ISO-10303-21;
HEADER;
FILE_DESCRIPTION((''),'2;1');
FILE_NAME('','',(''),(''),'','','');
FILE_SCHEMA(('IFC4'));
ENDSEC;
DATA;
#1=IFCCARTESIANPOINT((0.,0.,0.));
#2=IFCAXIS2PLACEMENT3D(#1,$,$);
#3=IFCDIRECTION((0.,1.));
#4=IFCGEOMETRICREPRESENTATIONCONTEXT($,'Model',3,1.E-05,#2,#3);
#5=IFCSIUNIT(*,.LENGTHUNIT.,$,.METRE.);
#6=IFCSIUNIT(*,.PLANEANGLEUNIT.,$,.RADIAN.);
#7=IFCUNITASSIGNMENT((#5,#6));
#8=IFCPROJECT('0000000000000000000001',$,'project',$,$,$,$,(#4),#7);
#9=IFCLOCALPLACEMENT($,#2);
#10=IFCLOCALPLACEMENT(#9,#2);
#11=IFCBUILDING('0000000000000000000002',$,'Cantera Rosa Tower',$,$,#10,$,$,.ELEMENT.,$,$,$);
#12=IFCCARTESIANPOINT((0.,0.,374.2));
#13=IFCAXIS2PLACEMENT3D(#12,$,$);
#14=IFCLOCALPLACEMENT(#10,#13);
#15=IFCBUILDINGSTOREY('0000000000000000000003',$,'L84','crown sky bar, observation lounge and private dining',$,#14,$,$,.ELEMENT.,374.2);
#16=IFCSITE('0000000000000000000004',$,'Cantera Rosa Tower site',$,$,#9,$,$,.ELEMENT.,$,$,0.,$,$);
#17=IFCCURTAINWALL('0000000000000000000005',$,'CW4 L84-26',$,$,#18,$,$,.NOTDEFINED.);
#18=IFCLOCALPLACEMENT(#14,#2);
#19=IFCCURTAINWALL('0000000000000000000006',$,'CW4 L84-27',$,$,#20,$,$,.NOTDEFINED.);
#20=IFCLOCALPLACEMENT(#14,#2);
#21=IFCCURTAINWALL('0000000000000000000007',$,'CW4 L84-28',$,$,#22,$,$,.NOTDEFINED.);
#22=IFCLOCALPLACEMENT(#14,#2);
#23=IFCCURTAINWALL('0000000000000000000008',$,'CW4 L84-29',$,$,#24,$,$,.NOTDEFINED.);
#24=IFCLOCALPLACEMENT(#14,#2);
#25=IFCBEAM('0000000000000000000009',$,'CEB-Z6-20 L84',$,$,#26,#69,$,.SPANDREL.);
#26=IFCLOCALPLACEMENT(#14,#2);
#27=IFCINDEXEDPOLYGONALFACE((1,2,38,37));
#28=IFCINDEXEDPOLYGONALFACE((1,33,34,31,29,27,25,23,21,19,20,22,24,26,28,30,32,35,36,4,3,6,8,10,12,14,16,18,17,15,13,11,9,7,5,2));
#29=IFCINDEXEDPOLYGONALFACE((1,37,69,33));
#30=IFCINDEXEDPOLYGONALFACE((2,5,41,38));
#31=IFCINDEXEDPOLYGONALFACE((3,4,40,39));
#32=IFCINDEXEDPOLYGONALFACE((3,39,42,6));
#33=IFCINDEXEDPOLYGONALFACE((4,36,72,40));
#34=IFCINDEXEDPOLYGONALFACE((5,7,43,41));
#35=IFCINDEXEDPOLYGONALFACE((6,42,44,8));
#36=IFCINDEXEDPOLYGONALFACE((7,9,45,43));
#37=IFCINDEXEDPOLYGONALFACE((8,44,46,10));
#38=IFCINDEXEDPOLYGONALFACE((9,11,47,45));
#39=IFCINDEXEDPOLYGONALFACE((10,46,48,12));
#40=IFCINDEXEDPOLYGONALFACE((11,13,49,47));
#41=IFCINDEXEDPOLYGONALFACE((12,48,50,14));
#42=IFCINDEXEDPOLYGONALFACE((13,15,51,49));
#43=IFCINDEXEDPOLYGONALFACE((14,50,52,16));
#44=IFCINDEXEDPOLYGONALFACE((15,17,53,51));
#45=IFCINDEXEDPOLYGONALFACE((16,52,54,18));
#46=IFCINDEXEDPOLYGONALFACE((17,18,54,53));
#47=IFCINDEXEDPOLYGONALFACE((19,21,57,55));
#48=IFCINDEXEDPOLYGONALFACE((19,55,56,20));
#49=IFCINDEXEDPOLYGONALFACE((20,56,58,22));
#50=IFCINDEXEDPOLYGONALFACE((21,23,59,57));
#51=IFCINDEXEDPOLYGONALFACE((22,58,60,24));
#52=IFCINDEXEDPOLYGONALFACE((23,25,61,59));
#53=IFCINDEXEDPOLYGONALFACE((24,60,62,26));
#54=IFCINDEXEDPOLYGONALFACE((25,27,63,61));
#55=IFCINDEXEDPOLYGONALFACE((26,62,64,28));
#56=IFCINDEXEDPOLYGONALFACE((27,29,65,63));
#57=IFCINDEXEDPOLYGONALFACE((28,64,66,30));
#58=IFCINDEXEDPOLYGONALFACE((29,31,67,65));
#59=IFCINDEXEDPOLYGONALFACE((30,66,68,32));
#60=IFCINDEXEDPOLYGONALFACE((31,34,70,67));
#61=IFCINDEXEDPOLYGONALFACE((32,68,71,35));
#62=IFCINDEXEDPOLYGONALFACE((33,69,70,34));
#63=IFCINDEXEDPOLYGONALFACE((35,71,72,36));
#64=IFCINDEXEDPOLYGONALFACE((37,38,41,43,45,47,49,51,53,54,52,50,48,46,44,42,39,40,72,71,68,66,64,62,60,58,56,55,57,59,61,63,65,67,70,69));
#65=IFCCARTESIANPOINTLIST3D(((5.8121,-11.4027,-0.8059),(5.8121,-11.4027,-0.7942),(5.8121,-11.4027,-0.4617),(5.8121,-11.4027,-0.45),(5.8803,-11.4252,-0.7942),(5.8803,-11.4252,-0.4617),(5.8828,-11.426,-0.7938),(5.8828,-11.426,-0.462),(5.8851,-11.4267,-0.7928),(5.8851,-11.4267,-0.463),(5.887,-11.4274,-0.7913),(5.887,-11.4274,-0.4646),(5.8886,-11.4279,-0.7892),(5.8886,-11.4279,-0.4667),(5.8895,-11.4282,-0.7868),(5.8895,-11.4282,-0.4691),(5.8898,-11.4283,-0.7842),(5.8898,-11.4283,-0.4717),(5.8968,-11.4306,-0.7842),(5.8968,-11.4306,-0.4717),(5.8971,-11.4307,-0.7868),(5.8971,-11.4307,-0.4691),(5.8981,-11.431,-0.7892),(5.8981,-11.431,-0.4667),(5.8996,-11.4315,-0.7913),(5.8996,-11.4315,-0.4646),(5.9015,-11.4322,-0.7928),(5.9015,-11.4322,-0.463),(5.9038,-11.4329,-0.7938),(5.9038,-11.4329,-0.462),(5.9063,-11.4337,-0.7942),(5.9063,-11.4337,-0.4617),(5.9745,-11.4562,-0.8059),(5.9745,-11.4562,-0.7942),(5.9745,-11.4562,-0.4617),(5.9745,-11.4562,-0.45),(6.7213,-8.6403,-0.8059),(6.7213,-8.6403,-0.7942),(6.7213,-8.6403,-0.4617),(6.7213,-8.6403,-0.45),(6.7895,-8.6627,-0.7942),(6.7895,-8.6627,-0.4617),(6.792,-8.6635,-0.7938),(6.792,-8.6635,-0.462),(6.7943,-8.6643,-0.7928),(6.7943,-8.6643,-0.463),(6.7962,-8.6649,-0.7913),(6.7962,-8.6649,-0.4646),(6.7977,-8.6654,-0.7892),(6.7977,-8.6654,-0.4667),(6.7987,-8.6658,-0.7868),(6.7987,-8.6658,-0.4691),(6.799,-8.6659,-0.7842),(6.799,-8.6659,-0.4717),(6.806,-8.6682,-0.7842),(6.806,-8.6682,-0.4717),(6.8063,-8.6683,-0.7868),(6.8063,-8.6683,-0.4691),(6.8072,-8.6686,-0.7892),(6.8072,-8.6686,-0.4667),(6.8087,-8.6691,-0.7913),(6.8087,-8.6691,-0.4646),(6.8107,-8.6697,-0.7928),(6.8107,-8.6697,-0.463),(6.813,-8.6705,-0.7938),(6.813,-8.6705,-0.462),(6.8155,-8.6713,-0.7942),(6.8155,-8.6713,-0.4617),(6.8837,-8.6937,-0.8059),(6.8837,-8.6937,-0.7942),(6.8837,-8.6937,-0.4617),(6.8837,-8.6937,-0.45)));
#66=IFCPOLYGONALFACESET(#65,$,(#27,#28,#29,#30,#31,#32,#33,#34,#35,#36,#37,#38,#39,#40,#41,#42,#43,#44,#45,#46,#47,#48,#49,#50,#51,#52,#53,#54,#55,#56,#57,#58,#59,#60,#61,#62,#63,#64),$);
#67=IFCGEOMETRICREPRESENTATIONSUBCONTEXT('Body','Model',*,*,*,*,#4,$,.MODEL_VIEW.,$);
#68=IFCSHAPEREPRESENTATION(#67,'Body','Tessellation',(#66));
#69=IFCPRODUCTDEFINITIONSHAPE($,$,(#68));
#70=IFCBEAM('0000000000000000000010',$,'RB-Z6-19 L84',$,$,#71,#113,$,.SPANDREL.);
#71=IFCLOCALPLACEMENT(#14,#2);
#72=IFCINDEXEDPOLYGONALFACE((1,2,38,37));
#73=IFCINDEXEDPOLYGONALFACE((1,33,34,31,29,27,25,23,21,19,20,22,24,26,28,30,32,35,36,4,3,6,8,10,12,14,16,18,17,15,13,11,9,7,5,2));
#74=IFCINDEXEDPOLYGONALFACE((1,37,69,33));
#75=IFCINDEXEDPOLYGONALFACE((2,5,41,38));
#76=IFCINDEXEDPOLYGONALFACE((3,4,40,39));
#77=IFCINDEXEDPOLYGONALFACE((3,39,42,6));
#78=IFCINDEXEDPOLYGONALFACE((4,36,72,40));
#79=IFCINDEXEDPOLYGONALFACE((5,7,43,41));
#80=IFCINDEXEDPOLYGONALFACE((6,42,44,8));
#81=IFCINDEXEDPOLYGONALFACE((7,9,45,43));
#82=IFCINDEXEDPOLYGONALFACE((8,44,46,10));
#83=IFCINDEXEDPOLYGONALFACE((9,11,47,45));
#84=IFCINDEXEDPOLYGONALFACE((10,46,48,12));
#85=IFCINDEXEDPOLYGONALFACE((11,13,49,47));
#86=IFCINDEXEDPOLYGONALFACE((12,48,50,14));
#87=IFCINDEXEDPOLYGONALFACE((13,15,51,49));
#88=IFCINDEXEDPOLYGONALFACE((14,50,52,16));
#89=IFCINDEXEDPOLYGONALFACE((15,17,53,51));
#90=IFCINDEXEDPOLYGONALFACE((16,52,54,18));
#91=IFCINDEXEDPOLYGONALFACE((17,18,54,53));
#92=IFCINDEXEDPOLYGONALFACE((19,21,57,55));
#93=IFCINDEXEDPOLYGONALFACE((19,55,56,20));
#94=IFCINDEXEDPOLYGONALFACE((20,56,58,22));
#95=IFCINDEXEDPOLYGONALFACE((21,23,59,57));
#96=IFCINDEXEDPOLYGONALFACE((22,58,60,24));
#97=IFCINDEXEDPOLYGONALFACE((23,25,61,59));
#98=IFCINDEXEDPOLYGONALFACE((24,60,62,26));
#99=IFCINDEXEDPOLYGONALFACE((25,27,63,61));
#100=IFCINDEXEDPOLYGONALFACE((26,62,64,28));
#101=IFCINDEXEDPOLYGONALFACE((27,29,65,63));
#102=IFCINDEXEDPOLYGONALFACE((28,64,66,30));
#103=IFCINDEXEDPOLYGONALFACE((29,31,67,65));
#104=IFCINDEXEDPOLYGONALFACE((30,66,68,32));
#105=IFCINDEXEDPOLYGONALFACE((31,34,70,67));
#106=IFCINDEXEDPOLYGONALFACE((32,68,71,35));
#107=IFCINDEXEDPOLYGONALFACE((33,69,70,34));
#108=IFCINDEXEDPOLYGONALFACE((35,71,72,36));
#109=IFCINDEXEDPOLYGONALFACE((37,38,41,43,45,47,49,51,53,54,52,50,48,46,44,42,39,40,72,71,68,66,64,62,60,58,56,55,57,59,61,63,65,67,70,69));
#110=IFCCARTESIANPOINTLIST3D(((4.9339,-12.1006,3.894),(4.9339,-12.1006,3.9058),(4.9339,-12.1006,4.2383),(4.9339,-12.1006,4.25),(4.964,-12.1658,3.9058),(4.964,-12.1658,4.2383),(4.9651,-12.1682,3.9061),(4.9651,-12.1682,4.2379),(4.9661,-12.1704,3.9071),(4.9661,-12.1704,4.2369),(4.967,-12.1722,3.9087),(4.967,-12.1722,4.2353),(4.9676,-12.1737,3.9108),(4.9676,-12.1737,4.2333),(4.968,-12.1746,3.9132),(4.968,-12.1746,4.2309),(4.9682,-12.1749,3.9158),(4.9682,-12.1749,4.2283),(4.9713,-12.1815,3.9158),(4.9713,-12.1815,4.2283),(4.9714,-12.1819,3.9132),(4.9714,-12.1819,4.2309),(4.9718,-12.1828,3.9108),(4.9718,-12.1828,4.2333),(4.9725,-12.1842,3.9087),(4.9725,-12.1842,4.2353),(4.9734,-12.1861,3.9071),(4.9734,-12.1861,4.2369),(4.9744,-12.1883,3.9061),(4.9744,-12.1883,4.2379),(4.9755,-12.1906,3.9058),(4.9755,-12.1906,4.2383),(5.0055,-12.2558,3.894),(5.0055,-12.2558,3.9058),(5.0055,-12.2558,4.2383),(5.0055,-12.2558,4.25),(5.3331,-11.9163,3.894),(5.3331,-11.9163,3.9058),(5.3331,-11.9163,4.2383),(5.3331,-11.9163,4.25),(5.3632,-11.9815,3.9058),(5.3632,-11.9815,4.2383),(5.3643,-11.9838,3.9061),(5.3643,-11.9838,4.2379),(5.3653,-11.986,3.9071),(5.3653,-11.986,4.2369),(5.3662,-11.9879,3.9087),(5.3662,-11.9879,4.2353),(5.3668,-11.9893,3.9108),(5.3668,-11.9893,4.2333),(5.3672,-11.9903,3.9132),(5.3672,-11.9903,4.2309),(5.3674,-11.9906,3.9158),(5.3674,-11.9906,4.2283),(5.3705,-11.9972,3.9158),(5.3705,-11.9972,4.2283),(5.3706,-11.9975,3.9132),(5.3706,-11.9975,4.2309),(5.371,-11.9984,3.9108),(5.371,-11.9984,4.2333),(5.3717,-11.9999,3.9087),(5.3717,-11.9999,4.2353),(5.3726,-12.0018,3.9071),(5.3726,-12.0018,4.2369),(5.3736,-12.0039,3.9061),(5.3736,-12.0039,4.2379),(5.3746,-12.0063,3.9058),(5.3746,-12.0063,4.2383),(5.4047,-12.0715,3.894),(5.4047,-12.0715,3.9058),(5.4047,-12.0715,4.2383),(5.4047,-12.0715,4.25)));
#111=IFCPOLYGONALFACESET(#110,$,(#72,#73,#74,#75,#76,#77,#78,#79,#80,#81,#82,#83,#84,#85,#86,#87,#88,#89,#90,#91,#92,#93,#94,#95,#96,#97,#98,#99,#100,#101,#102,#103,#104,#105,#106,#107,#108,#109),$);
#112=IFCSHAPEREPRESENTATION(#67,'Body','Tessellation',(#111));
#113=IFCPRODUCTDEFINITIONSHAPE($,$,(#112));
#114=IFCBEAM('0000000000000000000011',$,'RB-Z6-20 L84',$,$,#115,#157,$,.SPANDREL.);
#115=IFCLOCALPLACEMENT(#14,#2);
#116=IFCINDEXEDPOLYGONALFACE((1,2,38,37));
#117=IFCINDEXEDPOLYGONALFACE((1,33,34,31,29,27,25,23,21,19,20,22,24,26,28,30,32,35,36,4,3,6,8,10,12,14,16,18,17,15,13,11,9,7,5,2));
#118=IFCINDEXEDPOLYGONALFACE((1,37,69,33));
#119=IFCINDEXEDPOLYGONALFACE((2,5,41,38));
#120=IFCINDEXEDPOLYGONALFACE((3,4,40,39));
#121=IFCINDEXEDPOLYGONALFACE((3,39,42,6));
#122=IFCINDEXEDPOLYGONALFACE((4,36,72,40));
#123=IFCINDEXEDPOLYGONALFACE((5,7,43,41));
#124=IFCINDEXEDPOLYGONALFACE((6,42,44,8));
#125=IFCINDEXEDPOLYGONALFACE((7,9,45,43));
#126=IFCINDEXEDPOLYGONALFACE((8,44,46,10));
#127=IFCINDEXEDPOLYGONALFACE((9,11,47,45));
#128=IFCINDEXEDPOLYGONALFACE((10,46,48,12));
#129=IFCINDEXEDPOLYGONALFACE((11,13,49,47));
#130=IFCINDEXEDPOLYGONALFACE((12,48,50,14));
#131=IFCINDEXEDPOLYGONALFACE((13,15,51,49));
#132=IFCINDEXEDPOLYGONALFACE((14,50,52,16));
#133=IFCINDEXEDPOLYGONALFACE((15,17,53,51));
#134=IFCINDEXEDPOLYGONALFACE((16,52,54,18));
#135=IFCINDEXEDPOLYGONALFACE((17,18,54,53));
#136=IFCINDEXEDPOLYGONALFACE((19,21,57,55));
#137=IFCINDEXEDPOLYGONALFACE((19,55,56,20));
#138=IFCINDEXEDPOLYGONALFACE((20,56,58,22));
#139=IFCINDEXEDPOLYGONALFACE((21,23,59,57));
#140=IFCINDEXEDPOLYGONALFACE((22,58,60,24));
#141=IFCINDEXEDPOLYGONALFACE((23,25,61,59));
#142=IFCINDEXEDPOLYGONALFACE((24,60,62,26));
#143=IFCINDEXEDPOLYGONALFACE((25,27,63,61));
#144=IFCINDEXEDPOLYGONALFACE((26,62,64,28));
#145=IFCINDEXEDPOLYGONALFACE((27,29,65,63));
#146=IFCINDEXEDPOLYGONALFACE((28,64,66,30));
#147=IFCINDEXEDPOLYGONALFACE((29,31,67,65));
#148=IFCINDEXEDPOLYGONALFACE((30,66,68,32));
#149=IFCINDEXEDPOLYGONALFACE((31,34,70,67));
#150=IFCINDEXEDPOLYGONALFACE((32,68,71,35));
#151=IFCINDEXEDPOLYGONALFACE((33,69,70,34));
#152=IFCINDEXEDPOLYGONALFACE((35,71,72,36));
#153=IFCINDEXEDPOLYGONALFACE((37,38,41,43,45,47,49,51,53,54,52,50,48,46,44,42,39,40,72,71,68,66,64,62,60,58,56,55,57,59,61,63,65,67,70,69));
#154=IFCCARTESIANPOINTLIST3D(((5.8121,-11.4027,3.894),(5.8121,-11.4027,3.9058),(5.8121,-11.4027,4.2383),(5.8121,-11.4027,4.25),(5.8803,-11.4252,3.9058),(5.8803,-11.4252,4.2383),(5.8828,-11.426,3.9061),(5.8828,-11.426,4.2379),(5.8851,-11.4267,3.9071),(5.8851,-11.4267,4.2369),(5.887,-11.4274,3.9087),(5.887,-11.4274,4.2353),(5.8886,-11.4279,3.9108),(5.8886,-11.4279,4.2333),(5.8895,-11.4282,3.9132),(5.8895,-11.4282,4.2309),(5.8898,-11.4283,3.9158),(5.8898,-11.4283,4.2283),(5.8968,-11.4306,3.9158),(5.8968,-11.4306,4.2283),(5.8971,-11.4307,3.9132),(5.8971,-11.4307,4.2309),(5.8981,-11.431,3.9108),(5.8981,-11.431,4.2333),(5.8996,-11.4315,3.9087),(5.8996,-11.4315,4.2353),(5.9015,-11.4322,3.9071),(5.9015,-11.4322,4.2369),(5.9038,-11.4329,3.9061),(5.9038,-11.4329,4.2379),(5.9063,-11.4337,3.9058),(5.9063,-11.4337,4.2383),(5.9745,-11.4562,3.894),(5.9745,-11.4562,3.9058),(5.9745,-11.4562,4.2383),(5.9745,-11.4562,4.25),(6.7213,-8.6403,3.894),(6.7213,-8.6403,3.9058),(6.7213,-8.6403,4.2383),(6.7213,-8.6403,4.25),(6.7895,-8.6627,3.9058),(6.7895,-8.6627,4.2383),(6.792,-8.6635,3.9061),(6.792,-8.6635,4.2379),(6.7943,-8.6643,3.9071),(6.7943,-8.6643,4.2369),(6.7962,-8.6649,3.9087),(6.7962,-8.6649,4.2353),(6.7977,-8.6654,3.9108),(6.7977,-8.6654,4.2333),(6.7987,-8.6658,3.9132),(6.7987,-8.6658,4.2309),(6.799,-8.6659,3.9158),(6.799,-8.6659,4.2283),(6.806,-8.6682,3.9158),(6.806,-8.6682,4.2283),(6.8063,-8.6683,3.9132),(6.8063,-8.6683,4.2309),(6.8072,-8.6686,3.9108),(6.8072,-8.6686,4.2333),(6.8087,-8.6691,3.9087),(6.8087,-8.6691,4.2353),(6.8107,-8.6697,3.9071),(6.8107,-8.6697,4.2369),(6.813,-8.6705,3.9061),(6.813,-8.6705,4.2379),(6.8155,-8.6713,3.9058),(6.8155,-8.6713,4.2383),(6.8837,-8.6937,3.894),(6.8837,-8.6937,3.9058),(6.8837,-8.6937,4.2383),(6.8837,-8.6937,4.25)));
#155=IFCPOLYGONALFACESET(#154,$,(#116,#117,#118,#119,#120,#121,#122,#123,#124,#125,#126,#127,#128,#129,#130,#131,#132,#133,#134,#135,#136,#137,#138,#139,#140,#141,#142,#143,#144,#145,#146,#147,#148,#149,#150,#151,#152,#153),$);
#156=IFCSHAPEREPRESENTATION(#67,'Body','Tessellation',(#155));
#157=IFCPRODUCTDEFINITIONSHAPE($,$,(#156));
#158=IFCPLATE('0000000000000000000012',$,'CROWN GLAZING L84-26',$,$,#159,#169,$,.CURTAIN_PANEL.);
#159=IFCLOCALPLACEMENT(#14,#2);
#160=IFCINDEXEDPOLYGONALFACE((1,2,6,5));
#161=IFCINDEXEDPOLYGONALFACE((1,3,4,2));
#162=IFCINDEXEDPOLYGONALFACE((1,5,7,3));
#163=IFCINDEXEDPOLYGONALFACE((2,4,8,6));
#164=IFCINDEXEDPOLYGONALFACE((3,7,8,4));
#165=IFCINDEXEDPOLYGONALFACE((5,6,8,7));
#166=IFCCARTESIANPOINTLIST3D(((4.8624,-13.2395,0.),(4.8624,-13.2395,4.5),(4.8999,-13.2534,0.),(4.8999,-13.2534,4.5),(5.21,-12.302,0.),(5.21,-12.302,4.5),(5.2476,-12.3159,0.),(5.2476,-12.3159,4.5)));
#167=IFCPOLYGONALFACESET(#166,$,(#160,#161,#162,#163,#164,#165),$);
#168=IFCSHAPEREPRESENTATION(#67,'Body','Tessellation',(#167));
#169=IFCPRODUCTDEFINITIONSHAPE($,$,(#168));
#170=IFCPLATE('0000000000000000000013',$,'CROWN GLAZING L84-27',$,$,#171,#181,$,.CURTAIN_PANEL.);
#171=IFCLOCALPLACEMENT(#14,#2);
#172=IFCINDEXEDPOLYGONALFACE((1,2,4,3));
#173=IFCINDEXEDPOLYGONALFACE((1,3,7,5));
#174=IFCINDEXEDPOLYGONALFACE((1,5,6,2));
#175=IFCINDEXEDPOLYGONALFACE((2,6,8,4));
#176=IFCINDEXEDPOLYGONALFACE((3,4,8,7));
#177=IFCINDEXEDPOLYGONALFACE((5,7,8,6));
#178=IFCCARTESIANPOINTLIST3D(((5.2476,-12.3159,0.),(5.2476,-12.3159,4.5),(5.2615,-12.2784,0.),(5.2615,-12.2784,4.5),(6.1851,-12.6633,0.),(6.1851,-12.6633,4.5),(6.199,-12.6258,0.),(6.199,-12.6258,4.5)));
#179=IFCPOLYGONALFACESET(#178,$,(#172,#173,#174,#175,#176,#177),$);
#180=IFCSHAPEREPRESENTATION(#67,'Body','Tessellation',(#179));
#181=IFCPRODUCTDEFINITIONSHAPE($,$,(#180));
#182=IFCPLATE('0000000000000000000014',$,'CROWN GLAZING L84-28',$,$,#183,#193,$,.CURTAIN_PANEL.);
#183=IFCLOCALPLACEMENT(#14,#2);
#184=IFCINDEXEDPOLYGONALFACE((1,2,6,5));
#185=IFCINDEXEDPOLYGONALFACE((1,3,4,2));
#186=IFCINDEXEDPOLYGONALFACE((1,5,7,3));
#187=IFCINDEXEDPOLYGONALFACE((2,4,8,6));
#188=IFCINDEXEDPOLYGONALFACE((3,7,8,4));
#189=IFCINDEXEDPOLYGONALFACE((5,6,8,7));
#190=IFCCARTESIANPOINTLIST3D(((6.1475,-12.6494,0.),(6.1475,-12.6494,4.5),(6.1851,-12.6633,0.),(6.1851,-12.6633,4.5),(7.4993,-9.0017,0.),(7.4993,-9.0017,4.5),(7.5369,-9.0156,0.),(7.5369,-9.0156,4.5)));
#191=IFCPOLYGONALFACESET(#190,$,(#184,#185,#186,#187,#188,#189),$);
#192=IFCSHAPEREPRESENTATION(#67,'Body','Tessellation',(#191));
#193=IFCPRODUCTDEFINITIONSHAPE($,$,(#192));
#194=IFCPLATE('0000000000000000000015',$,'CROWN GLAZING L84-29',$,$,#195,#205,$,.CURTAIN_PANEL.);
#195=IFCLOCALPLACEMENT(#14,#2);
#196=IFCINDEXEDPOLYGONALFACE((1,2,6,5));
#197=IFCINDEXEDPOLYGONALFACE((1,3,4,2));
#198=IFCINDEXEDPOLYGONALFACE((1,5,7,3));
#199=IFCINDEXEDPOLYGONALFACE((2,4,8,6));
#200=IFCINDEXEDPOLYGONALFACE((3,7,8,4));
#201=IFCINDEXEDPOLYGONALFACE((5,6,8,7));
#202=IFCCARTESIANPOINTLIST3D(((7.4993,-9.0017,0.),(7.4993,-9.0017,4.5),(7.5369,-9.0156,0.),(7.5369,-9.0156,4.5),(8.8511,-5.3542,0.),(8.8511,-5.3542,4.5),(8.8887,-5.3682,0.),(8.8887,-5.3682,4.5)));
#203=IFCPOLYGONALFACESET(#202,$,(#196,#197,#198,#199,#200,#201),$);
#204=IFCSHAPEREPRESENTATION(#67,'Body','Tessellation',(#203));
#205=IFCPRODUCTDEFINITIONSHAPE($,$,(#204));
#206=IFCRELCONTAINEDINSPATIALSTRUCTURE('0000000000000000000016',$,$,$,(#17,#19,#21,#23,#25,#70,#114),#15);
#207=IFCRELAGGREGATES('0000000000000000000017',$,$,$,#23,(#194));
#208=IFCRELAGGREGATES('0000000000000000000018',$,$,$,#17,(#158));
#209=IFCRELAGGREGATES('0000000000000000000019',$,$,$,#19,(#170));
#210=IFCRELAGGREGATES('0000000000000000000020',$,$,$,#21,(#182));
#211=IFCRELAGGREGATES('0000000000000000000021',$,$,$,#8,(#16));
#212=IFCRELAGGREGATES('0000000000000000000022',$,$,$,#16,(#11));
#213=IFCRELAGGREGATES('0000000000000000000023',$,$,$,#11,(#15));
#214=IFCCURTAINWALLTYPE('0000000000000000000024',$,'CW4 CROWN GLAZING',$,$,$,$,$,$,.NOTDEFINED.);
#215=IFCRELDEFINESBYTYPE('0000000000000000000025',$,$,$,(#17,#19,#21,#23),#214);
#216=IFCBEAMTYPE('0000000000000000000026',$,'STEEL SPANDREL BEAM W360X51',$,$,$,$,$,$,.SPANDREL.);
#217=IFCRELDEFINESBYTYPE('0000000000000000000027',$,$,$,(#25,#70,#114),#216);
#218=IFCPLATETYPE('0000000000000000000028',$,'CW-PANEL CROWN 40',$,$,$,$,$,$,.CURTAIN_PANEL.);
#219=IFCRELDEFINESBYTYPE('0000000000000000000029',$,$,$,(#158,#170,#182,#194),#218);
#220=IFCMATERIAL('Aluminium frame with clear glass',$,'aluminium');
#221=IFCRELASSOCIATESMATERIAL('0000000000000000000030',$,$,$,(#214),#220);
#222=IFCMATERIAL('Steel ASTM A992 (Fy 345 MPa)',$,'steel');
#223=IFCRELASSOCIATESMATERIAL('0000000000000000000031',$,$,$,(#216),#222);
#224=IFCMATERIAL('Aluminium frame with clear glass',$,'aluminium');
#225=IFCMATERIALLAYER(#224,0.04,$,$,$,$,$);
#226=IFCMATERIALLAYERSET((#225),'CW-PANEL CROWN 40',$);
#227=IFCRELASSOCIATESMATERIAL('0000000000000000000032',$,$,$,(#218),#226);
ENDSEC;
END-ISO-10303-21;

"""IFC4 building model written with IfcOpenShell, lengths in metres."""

from ifc_helpers import new_model, si_unit, direction, frame, origin, origin_2d, place, context, subcontext, project, spatial, polyline, i_section, outline, extrude, material, layer, layer_set, material_profile, profile_set, type_object, element, aggregate, save


model = new_model("IFC4")

# Units and contexts
model_context = context("Model", 3, precision=1e-05, world=origin(), true_north=direction((0.0, 1.0)))
body_context = subcontext(model_context, "Body", "Model", "MODEL_VIEW")
ifc_project = project(units=[si_unit("LENGTHUNIT", "METRE"), si_unit("PLANEANGLEUNIT", "RADIAN")], contexts=[model_context])

# Site, building, storey
site_placement = place(None, origin())
site = spatial("IfcSite", under=ifc_project, at=site_placement, Name="Cantera Rosa Tower site", CompositionType="ELEMENT", RefElevation=0.0)
building_placement = place(site_placement, origin())
building = spatial("IfcBuilding", under=site, at=building_placement, Name="Cantera Rosa Tower", CompositionType="ELEMENT")
storey_placement = place(building_placement, frame((0.0, 0.0, 374.2)))
storey = spatial("IfcBuildingStorey", under=building, at=storey_placement, Name="L84", Description="crown sky bar, observation lounge and private dining", CompositionType="ELEMENT", Elevation=374.2)

# Curtain walls
ifc_material_1 = material(Name="Aluminium frame with clear glass", Category="aluminium")
curtain_wall_type = type_object("IfcCurtainWallType", Name="CW4 CROWN GLAZING", PredefinedType="NOTDEFINED", material=ifc_material_1)
curtain_wall_1_placement = place(storey_placement, origin())
curtain_wall_1 = element("IfcCurtainWall", 1, at=curtain_wall_1_placement, inside=storey, type_object=curtain_wall_type, Name="CW4 L84-26", PredefinedType="NOTDEFINED")
curtain_wall_2_placement = place(storey_placement, origin())
curtain_wall_2 = element("IfcCurtainWall", 2, at=curtain_wall_2_placement, inside=storey, type_object=curtain_wall_type, Name="CW4 L84-27", PredefinedType="NOTDEFINED")
curtain_wall_3_placement = place(storey_placement, origin())
curtain_wall_3 = element("IfcCurtainWall", 3, at=curtain_wall_3_placement, inside=storey, type_object=curtain_wall_type, Name="CW4 L84-28", PredefinedType="NOTDEFINED")
curtain_wall_4_placement = place(storey_placement, origin())
curtain_wall_4 = element("IfcCurtainWall", 4, at=curtain_wall_4_placement, inside=storey, type_object=curtain_wall_type, Name="CW4 L84-29", PredefinedType="NOTDEFINED")

# Beams
ifc_material_2 = material(Name="Steel ASTM A992 (Fy 345 MPa)", Category="steel")
ifc_material_profile_1 = material_profile(ifc_material_2, i_section(OverallWidth=0.1709, OverallDepth=0.356, WebThickness=0.0073, FlangeThickness=0.0117, FilletRadius=0.01, at=origin_2d()), Name="W360X51")
ifc_profile_set_1 = profile_set([ifc_material_profile_1], Name="Steel ASTM A992 (Fy 345 MPa)")
beam_type_1 = type_object("IfcBeamType", Name="STEEL SPANDREL BEAM W360X51", PredefinedType="SPANDREL", material=ifc_profile_set_1)
beam_1_placement = place(storey_placement, frame((5.8933, -11.4294, -0.6279), z_axis=(0.312624, 0.949877, 0.0), x_axis=(-0.949877, 0.312624, 0.0)))
element("IfcBeam", 5, at=beam_1_placement, inside=storey, type_object=beam_type_1, Name="CEB-Z6-20 L84", PredefinedType="SPANDREL", context=body_context, shape_type="SweptSolid", body=[
    extrude(i_section(OverallWidth=0.1709, OverallDepth=0.356, WebThickness=0.0073, FlangeThickness=0.0117, FilletRadius=0.01, at=origin_2d()), origin(), (0.0, 0.0, 1.0), 2.9082),
])
beam_2_placement = place(storey_placement, frame((4.9697, -12.1782, 4.072), z_axis=(0.907878, 0.419234, 0.0), x_axis=(-0.419234, 0.907878, 0.0)))
element("IfcBeam", 6, at=beam_2_placement, inside=storey, type_object=beam_type_1, Name="RB-Z6-19 L84", PredefinedType="SPANDREL", context=body_context, shape_type="SweptSolid", body=[
    extrude(i_section(OverallWidth=0.1709, OverallDepth=0.356, WebThickness=0.0073, FlangeThickness=0.0117, FilletRadius=0.01, at=origin_2d()), origin(), (0.0, 0.0, 1.0), 0.4397),
])
beam_3_placement = place(storey_placement, frame((5.8933, -11.4294, 4.072), z_axis=(0.312624, 0.949877, 0.0), x_axis=(-0.949877, 0.312624, 0.0)))
element("IfcBeam", 7, at=beam_3_placement, inside=storey, type_object=beam_type_1, Name="RB-Z6-20 L84", PredefinedType="SPANDREL", context=body_context, shape_type="SweptSolid", body=[
    extrude(i_section(OverallWidth=0.1709, OverallDepth=0.356, WebThickness=0.0073, FlangeThickness=0.0117, FilletRadius=0.01, at=origin_2d()), origin(), (0.0, 0.0, 1.0), 2.9082),
])

# Plates
ifc_material_3 = material(Name="Aluminium frame with clear glass", Category="aluminium")
ifc_layer_1 = layer(ifc_material_3, 0.04)
ifc_layer_set_1 = layer_set([ifc_layer_1], Name="CW-PANEL CROWN 40")
plate_type = type_object("IfcPlateType", Name="CW-PANEL CROWN 40", PredefinedType="CURTAIN_PANEL", material=ifc_layer_set_1)
plate_1_placement = place(storey_placement, frame((4.8999, -13.2534, 0.0), z_axis=(0.937607, -0.347696, 0.0), x_axis=(0.347696, 0.937607, 0.0)))
plate_1 = element("IfcPlate", 8, at=plate_1_placement, type_object=plate_type, Name="CROWN GLAZING L84-26", PredefinedType="CURTAIN_PANEL", context=body_context, shape_type="SweptSolid", body=[
    extrude(outline(polyline([(0.0, 0.0), (0.9999, 0.0), (0.9999, 4.5), (0.0, 4.5), (0.0, 0.0)])), origin(), (0.0, 0.0, -1.0), 0.04),
])
plate_2_placement = place(storey_placement, frame((5.2476, -12.3159, 0.0), z_axis=(-0.347481, -0.937687, 0.0), x_axis=(0.937687, -0.347481, 0.0)))
plate_2 = element("IfcPlate", 9, at=plate_2_placement, type_object=plate_type, Name="CROWN GLAZING L84-27", PredefinedType="CURTAIN_PANEL", context=body_context, shape_type="SweptSolid", body=[
    extrude(outline(polyline([(0.0, 0.0), (0.9998, 0.0), (0.9998, 4.5), (0.0, 4.5), (0.0, 0.0)])), origin(), (0.0, 0.0, -1.0), 0.04),
])
plate_3_placement = place(storey_placement, frame((6.1851, -12.6633, 0.0), z_axis=(0.937681, -0.347496, 0.0), x_axis=(0.347496, 0.937681, 0.0)))
plate_3 = element("IfcPlate", 10, at=plate_3_placement, type_object=plate_type, Name="CROWN GLAZING L84-28", PredefinedType="CURTAIN_PANEL", context=body_context, shape_type="SweptSolid", body=[
    extrude(outline(polyline([(0.0, 0.0), (3.8901, 0.0), (3.8901, 4.5), (0.0, 4.5), (0.0, 0.0)])), origin(), (0.0, 0.0, -1.0), 0.04),
])
plate_4_placement = place(storey_placement, frame((7.5369, -9.0156, 0.0), z_axis=(0.937674, -0.347517, 0.0), x_axis=(0.347517, 0.937674, 0.0)))
plate_4 = element("IfcPlate", 11, at=plate_4_placement, type_object=plate_type, Name="CROWN GLAZING L84-29", PredefinedType="CURTAIN_PANEL", context=body_context, shape_type="SweptSolid", body=[
    extrude(outline(polyline([(0.0, 0.0), (3.8899, 0.0), (3.8899, 4.5), (0.0, 4.5), (0.0, 0.0)])), origin(), (0.0, 0.0, -1.0), 0.04),
])
aggregate(curtain_wall_4, [plate_4])

aggregate(curtain_wall_1, [plate_1])
aggregate(curtain_wall_2, [plate_2])
aggregate(curtain_wall_3, [plate_3])

save(model, "model.ifc")
